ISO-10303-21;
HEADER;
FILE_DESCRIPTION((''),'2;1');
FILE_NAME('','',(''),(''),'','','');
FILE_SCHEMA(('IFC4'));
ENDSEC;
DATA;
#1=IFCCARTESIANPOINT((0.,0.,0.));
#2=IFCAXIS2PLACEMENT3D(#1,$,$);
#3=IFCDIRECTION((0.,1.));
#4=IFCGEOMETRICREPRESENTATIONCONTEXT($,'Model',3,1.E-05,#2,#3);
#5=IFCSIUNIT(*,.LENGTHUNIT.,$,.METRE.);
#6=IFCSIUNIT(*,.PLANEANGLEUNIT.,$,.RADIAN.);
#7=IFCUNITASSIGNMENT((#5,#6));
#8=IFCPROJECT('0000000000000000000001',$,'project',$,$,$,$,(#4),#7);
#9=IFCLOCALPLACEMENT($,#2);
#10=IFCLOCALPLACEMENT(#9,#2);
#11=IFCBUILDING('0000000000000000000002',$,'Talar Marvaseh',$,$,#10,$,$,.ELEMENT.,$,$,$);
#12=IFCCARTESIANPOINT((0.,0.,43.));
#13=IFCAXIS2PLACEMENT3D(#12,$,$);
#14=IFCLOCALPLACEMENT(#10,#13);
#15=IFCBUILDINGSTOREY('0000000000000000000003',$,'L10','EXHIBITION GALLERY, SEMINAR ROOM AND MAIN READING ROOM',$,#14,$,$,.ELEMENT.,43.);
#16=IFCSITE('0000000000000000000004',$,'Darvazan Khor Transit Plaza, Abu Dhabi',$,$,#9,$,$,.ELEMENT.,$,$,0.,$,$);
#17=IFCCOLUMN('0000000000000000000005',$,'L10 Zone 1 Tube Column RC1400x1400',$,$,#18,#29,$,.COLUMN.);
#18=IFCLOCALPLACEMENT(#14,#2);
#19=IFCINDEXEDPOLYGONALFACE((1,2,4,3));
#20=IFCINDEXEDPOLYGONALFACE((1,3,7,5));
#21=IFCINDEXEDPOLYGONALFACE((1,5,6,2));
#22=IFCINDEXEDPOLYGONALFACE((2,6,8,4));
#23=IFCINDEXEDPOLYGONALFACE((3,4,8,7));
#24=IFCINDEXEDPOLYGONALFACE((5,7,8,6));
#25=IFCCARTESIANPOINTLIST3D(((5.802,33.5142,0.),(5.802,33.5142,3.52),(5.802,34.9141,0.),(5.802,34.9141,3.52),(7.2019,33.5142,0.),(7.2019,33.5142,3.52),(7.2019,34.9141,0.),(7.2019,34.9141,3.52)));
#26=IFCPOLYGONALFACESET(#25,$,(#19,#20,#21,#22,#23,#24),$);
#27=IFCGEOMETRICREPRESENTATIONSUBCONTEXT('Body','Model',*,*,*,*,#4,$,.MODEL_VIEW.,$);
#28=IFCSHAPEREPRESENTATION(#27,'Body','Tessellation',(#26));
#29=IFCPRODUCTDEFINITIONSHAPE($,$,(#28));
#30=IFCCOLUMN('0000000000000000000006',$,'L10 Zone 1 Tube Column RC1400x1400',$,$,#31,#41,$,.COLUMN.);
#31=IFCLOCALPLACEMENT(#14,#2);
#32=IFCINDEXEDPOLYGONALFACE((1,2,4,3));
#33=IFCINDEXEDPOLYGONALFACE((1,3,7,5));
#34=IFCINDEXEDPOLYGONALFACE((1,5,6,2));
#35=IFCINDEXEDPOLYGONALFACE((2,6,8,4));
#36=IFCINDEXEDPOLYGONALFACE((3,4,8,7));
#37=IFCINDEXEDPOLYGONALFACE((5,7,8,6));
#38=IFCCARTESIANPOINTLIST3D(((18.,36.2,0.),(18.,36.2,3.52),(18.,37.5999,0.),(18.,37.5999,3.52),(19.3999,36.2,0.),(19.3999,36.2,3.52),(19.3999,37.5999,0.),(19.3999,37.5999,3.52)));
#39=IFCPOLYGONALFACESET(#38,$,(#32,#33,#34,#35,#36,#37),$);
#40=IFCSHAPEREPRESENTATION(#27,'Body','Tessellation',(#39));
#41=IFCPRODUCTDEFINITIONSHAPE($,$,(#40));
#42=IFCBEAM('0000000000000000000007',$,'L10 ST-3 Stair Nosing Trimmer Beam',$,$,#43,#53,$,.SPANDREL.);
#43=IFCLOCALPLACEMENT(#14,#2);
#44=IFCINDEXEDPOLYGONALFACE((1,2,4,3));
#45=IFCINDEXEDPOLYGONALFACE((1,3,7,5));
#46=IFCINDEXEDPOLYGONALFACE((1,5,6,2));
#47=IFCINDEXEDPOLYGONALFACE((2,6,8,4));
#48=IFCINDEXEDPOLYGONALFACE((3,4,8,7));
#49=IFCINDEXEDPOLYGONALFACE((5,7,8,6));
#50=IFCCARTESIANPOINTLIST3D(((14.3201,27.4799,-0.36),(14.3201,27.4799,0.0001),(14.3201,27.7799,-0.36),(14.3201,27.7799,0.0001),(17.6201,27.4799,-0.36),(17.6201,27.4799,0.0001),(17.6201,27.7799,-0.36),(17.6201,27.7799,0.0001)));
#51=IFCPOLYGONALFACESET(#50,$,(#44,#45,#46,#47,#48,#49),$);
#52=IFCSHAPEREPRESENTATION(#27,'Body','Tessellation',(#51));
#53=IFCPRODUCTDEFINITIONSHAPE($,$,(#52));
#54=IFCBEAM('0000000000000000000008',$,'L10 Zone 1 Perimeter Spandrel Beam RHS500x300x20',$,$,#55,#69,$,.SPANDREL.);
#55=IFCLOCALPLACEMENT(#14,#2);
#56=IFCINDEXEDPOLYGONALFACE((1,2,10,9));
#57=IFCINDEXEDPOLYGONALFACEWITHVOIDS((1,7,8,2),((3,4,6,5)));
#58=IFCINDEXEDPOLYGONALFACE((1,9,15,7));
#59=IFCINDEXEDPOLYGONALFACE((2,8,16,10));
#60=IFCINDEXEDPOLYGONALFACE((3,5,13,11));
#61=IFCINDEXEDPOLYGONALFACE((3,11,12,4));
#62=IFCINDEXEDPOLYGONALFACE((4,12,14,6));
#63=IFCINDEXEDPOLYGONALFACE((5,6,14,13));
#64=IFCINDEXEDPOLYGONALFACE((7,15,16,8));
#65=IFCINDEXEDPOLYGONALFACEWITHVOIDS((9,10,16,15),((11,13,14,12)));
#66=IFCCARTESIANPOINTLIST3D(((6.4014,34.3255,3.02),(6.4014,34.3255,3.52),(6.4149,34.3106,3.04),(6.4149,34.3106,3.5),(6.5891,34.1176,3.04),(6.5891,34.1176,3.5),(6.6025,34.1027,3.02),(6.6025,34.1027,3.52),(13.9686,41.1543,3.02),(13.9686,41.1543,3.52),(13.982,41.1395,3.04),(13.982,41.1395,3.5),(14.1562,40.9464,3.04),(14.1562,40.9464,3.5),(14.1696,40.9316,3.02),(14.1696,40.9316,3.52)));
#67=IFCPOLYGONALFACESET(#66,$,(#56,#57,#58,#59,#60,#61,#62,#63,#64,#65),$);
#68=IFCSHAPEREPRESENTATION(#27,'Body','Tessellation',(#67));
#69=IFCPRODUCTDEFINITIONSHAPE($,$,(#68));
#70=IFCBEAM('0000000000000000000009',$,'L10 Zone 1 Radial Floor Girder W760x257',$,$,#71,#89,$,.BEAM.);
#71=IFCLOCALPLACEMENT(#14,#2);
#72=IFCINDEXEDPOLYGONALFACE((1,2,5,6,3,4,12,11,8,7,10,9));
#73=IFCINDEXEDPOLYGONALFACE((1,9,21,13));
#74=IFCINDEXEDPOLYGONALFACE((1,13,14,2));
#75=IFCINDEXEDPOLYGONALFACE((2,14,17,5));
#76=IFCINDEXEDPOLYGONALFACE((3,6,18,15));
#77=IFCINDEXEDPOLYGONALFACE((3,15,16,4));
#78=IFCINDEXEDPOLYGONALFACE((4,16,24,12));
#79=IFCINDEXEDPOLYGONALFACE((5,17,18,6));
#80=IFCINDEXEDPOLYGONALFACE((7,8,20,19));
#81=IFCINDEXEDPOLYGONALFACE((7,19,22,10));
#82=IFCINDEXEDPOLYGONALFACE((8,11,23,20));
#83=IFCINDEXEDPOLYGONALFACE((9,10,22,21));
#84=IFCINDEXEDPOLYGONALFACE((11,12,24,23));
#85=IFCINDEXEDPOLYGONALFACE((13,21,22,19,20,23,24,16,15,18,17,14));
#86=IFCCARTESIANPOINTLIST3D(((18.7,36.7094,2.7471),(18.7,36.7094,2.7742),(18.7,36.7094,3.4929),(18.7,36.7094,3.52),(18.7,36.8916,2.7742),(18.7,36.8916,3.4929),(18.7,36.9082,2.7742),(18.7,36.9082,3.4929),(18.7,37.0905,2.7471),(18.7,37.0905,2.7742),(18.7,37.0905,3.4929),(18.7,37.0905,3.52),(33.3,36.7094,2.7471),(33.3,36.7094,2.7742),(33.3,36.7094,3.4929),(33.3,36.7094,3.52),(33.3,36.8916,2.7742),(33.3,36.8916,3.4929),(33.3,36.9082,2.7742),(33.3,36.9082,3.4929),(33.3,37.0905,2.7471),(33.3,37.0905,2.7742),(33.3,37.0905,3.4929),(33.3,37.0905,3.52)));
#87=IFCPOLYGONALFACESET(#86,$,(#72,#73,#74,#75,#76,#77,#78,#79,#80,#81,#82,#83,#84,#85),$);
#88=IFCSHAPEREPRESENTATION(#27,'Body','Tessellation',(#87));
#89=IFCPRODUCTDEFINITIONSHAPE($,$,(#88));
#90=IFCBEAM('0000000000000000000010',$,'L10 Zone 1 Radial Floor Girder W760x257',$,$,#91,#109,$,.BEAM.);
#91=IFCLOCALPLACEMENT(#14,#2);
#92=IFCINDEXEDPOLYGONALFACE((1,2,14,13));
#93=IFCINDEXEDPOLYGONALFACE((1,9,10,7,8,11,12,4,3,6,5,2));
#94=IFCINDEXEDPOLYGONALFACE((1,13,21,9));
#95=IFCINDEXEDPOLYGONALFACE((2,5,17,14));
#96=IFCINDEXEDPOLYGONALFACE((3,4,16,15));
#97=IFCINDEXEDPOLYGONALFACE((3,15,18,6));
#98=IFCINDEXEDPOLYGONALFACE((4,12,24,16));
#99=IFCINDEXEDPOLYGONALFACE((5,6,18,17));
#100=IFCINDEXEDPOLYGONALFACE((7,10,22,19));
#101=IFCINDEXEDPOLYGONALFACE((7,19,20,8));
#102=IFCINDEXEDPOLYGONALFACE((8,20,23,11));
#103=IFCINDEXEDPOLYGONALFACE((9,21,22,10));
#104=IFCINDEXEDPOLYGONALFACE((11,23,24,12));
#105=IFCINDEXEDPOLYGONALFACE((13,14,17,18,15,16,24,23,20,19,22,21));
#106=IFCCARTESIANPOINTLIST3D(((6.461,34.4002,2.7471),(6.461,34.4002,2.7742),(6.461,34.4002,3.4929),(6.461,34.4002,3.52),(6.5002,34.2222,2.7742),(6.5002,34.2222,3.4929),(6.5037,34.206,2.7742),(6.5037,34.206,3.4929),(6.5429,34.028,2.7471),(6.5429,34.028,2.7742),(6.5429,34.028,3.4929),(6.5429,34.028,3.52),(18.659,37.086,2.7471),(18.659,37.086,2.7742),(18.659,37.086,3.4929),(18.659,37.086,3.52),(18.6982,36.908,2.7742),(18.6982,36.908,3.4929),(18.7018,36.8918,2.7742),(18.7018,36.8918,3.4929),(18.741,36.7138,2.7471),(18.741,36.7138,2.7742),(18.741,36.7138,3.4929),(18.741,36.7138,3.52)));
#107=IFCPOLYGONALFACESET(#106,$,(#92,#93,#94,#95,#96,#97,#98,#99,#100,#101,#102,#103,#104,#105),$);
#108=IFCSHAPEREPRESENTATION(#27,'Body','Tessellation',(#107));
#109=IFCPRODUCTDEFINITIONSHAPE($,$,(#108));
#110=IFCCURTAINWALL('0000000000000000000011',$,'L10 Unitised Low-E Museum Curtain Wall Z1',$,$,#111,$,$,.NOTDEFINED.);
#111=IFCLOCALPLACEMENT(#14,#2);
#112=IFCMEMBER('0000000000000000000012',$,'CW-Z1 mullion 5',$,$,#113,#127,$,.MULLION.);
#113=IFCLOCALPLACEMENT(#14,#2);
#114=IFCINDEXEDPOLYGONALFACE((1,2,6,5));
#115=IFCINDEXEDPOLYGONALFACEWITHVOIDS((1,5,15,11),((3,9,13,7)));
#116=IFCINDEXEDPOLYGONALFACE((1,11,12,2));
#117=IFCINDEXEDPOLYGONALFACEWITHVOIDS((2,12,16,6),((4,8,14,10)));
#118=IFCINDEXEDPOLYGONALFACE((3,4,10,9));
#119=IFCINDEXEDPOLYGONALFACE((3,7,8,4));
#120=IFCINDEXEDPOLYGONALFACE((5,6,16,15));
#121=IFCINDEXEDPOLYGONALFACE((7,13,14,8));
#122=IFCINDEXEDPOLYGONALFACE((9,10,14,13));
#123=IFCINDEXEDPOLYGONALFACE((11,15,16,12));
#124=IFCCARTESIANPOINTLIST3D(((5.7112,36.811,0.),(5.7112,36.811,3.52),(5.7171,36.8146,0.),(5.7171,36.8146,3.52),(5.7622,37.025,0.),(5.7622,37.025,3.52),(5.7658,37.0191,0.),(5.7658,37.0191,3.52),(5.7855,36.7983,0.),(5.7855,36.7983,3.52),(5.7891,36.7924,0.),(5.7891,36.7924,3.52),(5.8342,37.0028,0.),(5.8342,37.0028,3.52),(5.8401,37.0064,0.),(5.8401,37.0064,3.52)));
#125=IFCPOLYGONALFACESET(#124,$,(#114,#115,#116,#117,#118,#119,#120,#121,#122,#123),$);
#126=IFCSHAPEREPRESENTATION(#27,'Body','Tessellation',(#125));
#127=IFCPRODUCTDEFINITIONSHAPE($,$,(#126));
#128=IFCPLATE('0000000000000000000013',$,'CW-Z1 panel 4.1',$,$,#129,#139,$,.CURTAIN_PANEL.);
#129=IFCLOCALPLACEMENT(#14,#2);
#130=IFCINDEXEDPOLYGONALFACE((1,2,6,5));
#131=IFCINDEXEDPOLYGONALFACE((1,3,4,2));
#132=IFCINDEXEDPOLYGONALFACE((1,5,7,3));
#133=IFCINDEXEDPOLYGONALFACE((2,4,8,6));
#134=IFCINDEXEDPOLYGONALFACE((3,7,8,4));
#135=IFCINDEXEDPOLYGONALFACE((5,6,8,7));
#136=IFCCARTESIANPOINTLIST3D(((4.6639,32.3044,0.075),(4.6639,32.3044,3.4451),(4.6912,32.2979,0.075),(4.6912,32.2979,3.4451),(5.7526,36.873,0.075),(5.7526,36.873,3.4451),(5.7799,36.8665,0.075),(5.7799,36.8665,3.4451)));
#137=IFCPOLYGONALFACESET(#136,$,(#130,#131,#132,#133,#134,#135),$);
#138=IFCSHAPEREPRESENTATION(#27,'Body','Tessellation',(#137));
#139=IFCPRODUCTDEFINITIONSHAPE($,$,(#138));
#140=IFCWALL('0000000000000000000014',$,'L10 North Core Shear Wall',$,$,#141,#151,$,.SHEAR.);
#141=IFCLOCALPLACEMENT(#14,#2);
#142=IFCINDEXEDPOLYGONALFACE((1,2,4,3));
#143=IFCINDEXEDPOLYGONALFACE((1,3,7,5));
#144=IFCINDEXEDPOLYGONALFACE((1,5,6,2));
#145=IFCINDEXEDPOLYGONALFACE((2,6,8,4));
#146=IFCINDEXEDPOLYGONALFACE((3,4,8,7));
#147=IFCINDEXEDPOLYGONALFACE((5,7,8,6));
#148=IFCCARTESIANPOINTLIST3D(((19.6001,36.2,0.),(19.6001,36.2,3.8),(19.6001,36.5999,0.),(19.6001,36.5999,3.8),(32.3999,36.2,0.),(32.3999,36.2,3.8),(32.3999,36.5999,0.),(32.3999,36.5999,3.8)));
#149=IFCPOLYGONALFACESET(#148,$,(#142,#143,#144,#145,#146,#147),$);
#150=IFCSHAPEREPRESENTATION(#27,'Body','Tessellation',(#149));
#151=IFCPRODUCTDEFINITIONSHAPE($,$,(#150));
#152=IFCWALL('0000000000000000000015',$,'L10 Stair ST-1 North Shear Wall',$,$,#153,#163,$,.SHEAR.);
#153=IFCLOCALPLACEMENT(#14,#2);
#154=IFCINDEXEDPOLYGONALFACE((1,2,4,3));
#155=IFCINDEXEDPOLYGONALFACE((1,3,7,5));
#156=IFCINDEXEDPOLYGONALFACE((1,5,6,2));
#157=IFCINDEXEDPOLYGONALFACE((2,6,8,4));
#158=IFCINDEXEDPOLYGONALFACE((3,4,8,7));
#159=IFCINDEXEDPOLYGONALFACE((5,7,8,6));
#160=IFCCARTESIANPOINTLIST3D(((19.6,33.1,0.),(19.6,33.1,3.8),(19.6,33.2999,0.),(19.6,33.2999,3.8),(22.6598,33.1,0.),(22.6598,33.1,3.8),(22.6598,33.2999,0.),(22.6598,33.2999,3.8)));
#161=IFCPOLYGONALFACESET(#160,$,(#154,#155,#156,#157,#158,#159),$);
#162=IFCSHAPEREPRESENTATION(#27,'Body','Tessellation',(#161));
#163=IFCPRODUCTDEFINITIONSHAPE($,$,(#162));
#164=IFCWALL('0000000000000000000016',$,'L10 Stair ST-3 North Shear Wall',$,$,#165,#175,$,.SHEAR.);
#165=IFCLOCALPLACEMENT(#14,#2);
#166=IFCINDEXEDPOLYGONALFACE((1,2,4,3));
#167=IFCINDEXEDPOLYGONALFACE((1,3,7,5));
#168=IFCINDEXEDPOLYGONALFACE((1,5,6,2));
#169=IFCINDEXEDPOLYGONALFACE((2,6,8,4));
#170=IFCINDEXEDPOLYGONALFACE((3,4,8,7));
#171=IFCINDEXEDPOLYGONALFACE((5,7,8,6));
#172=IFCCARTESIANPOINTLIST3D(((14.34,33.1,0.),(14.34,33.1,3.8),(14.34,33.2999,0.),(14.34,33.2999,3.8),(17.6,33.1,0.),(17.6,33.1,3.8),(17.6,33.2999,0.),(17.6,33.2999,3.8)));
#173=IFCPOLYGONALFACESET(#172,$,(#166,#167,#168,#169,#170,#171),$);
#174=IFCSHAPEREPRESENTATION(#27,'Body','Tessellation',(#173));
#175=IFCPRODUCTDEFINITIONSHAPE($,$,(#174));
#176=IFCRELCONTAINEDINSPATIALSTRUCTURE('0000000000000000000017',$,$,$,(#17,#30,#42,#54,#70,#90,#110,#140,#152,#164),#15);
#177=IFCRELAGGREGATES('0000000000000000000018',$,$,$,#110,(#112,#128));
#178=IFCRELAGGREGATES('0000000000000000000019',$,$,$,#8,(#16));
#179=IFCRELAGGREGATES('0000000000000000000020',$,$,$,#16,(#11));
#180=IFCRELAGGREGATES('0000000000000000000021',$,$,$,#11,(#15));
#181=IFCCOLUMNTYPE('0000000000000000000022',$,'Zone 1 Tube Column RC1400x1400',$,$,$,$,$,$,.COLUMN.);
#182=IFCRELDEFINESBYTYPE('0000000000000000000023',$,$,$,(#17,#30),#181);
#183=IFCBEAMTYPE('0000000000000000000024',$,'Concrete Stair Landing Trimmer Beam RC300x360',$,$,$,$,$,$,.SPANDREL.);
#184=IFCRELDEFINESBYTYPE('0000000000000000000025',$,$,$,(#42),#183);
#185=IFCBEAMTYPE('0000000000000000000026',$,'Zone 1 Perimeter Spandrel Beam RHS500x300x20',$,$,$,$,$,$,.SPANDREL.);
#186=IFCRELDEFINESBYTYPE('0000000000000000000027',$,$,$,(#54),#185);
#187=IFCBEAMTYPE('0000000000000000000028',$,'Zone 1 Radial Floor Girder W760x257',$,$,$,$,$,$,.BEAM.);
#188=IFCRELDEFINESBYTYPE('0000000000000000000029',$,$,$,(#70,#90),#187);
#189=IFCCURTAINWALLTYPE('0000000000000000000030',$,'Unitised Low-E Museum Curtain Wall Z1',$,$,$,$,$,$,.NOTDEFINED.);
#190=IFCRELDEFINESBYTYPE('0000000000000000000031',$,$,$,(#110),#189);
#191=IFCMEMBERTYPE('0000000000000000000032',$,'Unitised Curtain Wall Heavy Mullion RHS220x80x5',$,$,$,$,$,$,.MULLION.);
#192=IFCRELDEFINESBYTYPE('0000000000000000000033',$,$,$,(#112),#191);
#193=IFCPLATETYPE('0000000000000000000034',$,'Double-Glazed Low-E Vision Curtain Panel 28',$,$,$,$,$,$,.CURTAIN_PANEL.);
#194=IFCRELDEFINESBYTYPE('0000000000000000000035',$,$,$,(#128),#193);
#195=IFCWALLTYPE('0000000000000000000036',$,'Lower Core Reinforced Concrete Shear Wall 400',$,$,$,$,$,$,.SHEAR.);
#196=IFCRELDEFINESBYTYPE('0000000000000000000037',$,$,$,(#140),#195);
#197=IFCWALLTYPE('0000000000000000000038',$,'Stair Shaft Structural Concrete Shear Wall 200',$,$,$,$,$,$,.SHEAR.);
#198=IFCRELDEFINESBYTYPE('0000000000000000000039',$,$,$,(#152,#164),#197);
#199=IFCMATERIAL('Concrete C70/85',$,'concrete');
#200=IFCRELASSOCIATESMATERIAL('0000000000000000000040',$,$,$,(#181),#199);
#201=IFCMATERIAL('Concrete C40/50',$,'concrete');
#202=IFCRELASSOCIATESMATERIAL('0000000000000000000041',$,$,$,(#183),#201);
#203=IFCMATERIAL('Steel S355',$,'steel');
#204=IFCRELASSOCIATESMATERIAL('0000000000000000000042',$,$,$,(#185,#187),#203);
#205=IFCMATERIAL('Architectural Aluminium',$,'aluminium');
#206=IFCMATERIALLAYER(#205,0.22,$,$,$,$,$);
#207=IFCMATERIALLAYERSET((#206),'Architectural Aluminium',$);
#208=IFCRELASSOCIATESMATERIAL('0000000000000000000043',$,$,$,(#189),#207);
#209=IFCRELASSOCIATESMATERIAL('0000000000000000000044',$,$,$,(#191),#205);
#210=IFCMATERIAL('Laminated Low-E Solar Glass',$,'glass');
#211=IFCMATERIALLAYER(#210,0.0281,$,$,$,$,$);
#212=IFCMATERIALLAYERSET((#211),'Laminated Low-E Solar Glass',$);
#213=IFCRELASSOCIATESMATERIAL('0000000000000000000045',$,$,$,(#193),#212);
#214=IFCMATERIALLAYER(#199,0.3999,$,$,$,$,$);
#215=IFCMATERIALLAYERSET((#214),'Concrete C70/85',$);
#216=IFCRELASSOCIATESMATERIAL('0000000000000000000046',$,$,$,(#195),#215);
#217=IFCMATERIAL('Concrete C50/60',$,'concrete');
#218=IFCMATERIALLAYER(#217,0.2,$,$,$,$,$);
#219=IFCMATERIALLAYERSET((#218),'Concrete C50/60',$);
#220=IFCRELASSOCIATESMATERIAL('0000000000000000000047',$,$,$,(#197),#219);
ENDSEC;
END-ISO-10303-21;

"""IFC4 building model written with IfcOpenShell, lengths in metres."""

from ifc_helpers import new_model, si_unit, direction, frame, frame_2d, origin, origin_2d, place, context, subcontext, project, spatial, rectangle, hollow_rectangle, i_section, extrude, source, transform, mapped, material, layer, layer_set, material_profile, profile_set, type_object, type_shapes, element, aggregate, save


model = new_model("IFC4")

# Units and contexts
model_context = context("Model", 3, precision=1e-05, world=origin(), true_north=direction((0.0, 1.0)))
body_context = subcontext(model_context, "Body", "Model", "MODEL_VIEW")
ifc_project = project(units=[si_unit("LENGTHUNIT", "METRE"), si_unit("PLANEANGLEUNIT", "RADIAN")], contexts=[model_context])

# Site, building, storey
site_placement = place(None, origin())
site = spatial("IfcSite", under=ifc_project, at=site_placement, Name="Darvazan Khor Transit Plaza, Abu Dhabi", CompositionType="ELEMENT", RefElevation=0.0)
building_placement = place(site_placement, origin())
building = spatial("IfcBuilding", under=site, at=building_placement, Name="Talar Marvaseh", CompositionType="ELEMENT")
storey_placement = place(building_placement, frame((0.0, 0.0, 43.0)))
storey = spatial("IfcBuildingStorey", under=building, at=storey_placement, Name="L10", Description="EXHIBITION GALLERY, SEMINAR ROOM AND MAIN READING ROOM", CompositionType="ELEMENT", Elevation=43.0)

# Columns
ifc_material_1 = material(Name="Concrete C70/85", Category="concrete")
ifc_material_profile_1 = material_profile(ifc_material_1, rectangle(XDim=1.3999, YDim=1.3999, at=origin_2d()), Name="RC1400x1400")
ifc_profile_set_1 = profile_set([ifc_material_profile_1], Name="Concrete C70/85")
column_type = type_object("IfcColumnType", Name="Zone 1 Tube Column RC1400x1400", PredefinedType="COLUMN", material=ifc_profile_set_1)
for number, where, z_axis, x_axis, name in (
    (1, (6.502, 34.2141, 0.0), (0.0, 0.0, 1.0), (1.0, 0.0, 0.0), "L10 Zone 1 Tube Column RC1400x1400"),
    (2, (18.7, 36.8999, 0.0), (0.0, 0.0, 1.0), (1.0, 0.0, 0.0), "L10 Zone 1 Tube Column RC1400x1400"),
):
    element("IfcColumn", number, at=place(storey_placement, frame(where, z_axis=z_axis, x_axis=x_axis)), inside=storey, type_object=column_type, Name=name, PredefinedType="COLUMN", context=body_context, shape_type="SweptSolid", body=[
        extrude(rectangle(XDim=1.3999, YDim=1.3999, at=origin_2d()), origin(), (0.0, 0.0, 1.0), 3.52),
    ])

# Beams
ifc_material_2 = material(Name="Concrete C40/50", Category="concrete")
ifc_material_profile_2 = material_profile(ifc_material_2, rectangle(XDim=0.3, YDim=0.3601, at=origin_2d()), Name="RC300x360")
ifc_profile_set_2 = profile_set([ifc_material_profile_2], Name="Concrete C40/50")
beam_type_1 = type_object("IfcBeamType", Name="Concrete Stair Landing Trimmer Beam RC300x360", PredefinedType="SPANDREL", material=ifc_profile_set_2)
beam_1_placement = place(storey_placement, frame((17.6201, 27.6299, -0.1799), z_axis=(-1.0, 0.0, 0.0), x_axis=(0.0, -1.0, 0.0)))
element("IfcBeam", 3, at=beam_1_placement, inside=storey, type_object=beam_type_1, Name="L10 ST-3 Stair Nosing Trimmer Beam", PredefinedType="SPANDREL", context=body_context, shape_type="SweptSolid", body=[
    extrude(rectangle(XDim=0.3, YDim=0.3601, at=origin_2d()), origin(), (0.0, 0.0, 1.0), 3.3),
])
ifc_material_3 = material(Name="Steel S355", Category="steel")
ifc_material_profile_3 = material_profile(ifc_material_3, hollow_rectangle(XDim=0.3, YDim=0.5, WallThickness=0.02, at=origin_2d()), Name="RHS500x300x20")
ifc_profile_set_3 = profile_set([ifc_material_profile_3], Name="Steel S355")
beam_type_2 = type_object("IfcBeamType", Name="Zone 1 Perimeter Spandrel Beam RHS500x300x20", PredefinedType="SPANDREL", material=ifc_profile_set_3)
beam_2_placement = place(storey_placement, frame((6.502, 34.2141, 3.27), z_axis=(0.742394, 0.669963, 0.0), x_axis=(-0.669963, 0.742394, 0.0)))
element("IfcBeam", 4, at=beam_2_placement, inside=storey, type_object=beam_type_2, Name="L10 Zone 1 Perimeter Spandrel Beam RHS500x300x20", PredefinedType="SPANDREL", context=body_context, shape_type="SweptSolid", body=[
    extrude(hollow_rectangle(XDim=0.3, YDim=0.5, WallThickness=0.02, at=origin_2d()), origin(), (0.0, 0.0, 1.0), 10.1929),
])
ifc_material_profile_4 = material_profile(ifc_material_3, i_section(OverallWidth=0.3811, OverallDepth=0.7729, WebThickness=0.0166, FlangeThickness=0.0271, at=origin_2d()), Name="W760x257")
ifc_profile_set_4 = profile_set([ifc_material_profile_4], Name="Steel S355")
beam_type_3 = type_object("IfcBeamType", Name="Zone 1 Radial Floor Girder W760x257", PredefinedType="BEAM", material=ifc_profile_set_4)
beam_3_placement = place(storey_placement, frame((18.7, 36.8999, 3.1335), z_axis=(1.0, 0.0, 0.0), x_axis=(0.0, 1.0, 0.0)))
element("IfcBeam", 5, at=beam_3_placement, inside=storey, type_object=beam_type_3, Name="L10 Zone 1 Radial Floor Girder W760x257", PredefinedType="BEAM", context=body_context, shape_type="SweptSolid", body=[
    extrude(i_section(OverallWidth=0.3811, OverallDepth=0.7729, WebThickness=0.0166, FlangeThickness=0.0271, at=origin_2d()), origin(), (0.0, 0.0, 1.0), 14.6001),
])
beam_4_placement = place(storey_placement, frame((6.502, 34.2141, 3.1335), z_axis=(0.976607, 0.215032, 0.0), x_axis=(-0.215032, 0.976607, 0.0)))
element("IfcBeam", 6, at=beam_4_placement, inside=storey, type_object=beam_type_3, Name="L10 Zone 1 Radial Floor Girder W760x257", PredefinedType="BEAM", context=body_context, shape_type="SweptSolid", body=[
    extrude(i_section(OverallWidth=0.3811, OverallDepth=0.7729, WebThickness=0.0166, FlangeThickness=0.0271, at=origin_2d()), origin(), (0.0, 0.0, 1.0), 12.4902),
])

# Curtain wall, member, plate
ifc_material_4 = material(Name="Architectural Aluminium", Category="aluminium")
ifc_layer_1 = layer(ifc_material_4, 0.22)
ifc_layer_set_1 = layer_set([ifc_layer_1], Name="Architectural Aluminium")
curtain_wall_type = type_object("IfcCurtainWallType", Name="Unitised Low-E Museum Curtain Wall Z1", PredefinedType="NOTDEFINED", material=ifc_layer_set_1)
curtain_wall_placement = place(storey_placement, origin())
curtain_wall = element("IfcCurtainWall", 7, at=curtain_wall_placement, inside=storey, type_object=curtain_wall_type, Name="L10 Unitised Low-E Museum Curtain Wall Z1", PredefinedType="NOTDEFINED")
ifc_material_profile_5 = material_profile(ifc_material_4, hollow_rectangle(XDim=0.0801, YDim=0.22, WallThickness=0.0049, at=origin_2d()), Name="RHS220x80x5")
ifc_profile_set_5 = profile_set([ifc_material_profile_5], Name="Architectural Aluminium")
member_type = type_object("IfcMemberType", Name="Unitised Curtain Wall Heavy Mullion RHS220x80x5", PredefinedType="MULLION", material=ifc_profile_set_5)
shared_shape_1 = source(origin(), body_context, "Body", "SweptSolid", [
    extrude(hollow_rectangle(XDim=0.0801, YDim=0.22, WallThickness=0.0049, at=origin_2d()), origin(), (0.0, 0.0, 1.0), 3.52),
])
type_shapes(member_type, [shared_shape_1])
member_placement = place(storey_placement, frame((5.7756, 36.9087, 0.0), z_axis=(0.0, 0.0, 1.0), x_axis=(-0.972761, 0.231812, 0.0)))
member = element("IfcMember", 8, at=member_placement, type_object=member_type, Name="CW-Z1 mullion 5", PredefinedType="MULLION", context=body_context, shape_type="MappedRepresentation", body=[
    mapped(shared_shape_1, transform((0.0, 0.0, 0.0), x_axis=(1.0, 0.0, 0.0), y_axis=(0.0, 1.0, 0.0), z_axis=(0.0, 0.0, 1.0), scale=1.0)),
])
ifc_material_5 = material(Name="Laminated Low-E Solar Glass", Category="glass")
ifc_layer_2 = layer(ifc_material_5, 0.0281)
ifc_layer_set_2 = layer_set([ifc_layer_2], Name="Laminated Low-E Solar Glass")
plate_type = type_object("IfcPlateType", Name="Double-Glazed Low-E Vision Curtain Panel 28", PredefinedType="CURTAIN_PANEL", material=ifc_layer_set_2)
shared_shape_2 = source(origin(), body_context, "Body", "SweptSolid", [
    extrude(rectangle(XDim=4.6965, YDim=0.0281, at=origin_2d()), origin(), (0.0, 0.0, 1.0), 3.3701),
])
type_shapes(plate_type, [shared_shape_2])
plate_placement = place(storey_placement, frame((5.2219, 34.5854, 0.075), z_axis=(0.0, 0.0, 1.0), x_axis=(0.231812, 0.972761, 0.0)))
plate = element("IfcPlate", 9, at=plate_placement, type_object=plate_type, Name="CW-Z1 panel 4.1", PredefinedType="CURTAIN_PANEL", context=body_context, shape_type="MappedRepresentation", body=[
    mapped(shared_shape_2, transform((0.0, 0.0, 0.0), x_axis=(1.0, 0.0, 0.0), y_axis=(0.0, 1.0, 0.0), z_axis=(0.0, 0.0, 1.0), scale=1.0)),
])
aggregate(curtain_wall, [member, plate])

# Walls
ifc_layer_3 = layer(ifc_material_1, 0.3999)
ifc_layer_set_3 = layer_set([ifc_layer_3], Name="Concrete C70/85")
wall_type_1 = type_object("IfcWallType", Name="Lower Core Reinforced Concrete Shear Wall 400", PredefinedType="SHEAR", material=ifc_layer_set_3)
wall_1_placement = place(storey_placement, frame((19.6001, 36.3999, 0.0), z_axis=(0.0, 0.0, 1.0), x_axis=(1.0, 0.0, 0.0)))
element("IfcWall", 10, at=wall_1_placement, inside=storey, type_object=wall_type_1, Name="L10 North Core Shear Wall", PredefinedType="SHEAR", context=body_context, shape_type="SweptSolid", body=[
    extrude(rectangle(XDim=12.7998, YDim=0.3999, at=frame_2d((6.3999, 0.0))), origin(), (0.0, 0.0, 1.0), 3.8),
])
ifc_material_6 = material(Name="Concrete C50/60", Category="concrete")
ifc_layer_4 = layer(ifc_material_6, 0.2)
ifc_layer_set_4 = layer_set([ifc_layer_4], Name="Concrete C50/60")
wall_type_2 = type_object("IfcWallType", Name="Stair Shaft Structural Concrete Shear Wall 200", PredefinedType="SHEAR", material=ifc_layer_set_4)
wall_2_placement = place(storey_placement, frame((19.6001, 33.2, 0.0), z_axis=(0.0, 0.0, 1.0), x_axis=(1.0, 0.0, 0.0)))
element("IfcWall", 11, at=wall_2_placement, inside=storey, type_object=wall_type_2, Name="L10 Stair ST-1 North Shear Wall", PredefinedType="SHEAR", context=body_context, shape_type="SweptSolid", body=[
    extrude(rectangle(XDim=3.0598, YDim=0.2, at=frame_2d((1.5298, 0.0))), origin(), (0.0, 0.0, 1.0), 3.8),
])

# Wall
wall_3_placement = place(storey_placement, frame((14.3401, 33.2, 0.0), z_axis=(0.0, 0.0, 1.0), x_axis=(1.0, 0.0, 0.0)))
element("IfcWall", 12, at=wall_3_placement, inside=storey, type_object=wall_type_2, Name="L10 Stair ST-3 North Shear Wall", PredefinedType="SHEAR", context=body_context, shape_type="SweptSolid", body=[
    extrude(rectangle(XDim=3.26, YDim=0.2, at=frame_2d((1.6299, 0.0))), origin(), (0.0, 0.0, 1.0), 3.8),
])

save(model, "model.ifc")
